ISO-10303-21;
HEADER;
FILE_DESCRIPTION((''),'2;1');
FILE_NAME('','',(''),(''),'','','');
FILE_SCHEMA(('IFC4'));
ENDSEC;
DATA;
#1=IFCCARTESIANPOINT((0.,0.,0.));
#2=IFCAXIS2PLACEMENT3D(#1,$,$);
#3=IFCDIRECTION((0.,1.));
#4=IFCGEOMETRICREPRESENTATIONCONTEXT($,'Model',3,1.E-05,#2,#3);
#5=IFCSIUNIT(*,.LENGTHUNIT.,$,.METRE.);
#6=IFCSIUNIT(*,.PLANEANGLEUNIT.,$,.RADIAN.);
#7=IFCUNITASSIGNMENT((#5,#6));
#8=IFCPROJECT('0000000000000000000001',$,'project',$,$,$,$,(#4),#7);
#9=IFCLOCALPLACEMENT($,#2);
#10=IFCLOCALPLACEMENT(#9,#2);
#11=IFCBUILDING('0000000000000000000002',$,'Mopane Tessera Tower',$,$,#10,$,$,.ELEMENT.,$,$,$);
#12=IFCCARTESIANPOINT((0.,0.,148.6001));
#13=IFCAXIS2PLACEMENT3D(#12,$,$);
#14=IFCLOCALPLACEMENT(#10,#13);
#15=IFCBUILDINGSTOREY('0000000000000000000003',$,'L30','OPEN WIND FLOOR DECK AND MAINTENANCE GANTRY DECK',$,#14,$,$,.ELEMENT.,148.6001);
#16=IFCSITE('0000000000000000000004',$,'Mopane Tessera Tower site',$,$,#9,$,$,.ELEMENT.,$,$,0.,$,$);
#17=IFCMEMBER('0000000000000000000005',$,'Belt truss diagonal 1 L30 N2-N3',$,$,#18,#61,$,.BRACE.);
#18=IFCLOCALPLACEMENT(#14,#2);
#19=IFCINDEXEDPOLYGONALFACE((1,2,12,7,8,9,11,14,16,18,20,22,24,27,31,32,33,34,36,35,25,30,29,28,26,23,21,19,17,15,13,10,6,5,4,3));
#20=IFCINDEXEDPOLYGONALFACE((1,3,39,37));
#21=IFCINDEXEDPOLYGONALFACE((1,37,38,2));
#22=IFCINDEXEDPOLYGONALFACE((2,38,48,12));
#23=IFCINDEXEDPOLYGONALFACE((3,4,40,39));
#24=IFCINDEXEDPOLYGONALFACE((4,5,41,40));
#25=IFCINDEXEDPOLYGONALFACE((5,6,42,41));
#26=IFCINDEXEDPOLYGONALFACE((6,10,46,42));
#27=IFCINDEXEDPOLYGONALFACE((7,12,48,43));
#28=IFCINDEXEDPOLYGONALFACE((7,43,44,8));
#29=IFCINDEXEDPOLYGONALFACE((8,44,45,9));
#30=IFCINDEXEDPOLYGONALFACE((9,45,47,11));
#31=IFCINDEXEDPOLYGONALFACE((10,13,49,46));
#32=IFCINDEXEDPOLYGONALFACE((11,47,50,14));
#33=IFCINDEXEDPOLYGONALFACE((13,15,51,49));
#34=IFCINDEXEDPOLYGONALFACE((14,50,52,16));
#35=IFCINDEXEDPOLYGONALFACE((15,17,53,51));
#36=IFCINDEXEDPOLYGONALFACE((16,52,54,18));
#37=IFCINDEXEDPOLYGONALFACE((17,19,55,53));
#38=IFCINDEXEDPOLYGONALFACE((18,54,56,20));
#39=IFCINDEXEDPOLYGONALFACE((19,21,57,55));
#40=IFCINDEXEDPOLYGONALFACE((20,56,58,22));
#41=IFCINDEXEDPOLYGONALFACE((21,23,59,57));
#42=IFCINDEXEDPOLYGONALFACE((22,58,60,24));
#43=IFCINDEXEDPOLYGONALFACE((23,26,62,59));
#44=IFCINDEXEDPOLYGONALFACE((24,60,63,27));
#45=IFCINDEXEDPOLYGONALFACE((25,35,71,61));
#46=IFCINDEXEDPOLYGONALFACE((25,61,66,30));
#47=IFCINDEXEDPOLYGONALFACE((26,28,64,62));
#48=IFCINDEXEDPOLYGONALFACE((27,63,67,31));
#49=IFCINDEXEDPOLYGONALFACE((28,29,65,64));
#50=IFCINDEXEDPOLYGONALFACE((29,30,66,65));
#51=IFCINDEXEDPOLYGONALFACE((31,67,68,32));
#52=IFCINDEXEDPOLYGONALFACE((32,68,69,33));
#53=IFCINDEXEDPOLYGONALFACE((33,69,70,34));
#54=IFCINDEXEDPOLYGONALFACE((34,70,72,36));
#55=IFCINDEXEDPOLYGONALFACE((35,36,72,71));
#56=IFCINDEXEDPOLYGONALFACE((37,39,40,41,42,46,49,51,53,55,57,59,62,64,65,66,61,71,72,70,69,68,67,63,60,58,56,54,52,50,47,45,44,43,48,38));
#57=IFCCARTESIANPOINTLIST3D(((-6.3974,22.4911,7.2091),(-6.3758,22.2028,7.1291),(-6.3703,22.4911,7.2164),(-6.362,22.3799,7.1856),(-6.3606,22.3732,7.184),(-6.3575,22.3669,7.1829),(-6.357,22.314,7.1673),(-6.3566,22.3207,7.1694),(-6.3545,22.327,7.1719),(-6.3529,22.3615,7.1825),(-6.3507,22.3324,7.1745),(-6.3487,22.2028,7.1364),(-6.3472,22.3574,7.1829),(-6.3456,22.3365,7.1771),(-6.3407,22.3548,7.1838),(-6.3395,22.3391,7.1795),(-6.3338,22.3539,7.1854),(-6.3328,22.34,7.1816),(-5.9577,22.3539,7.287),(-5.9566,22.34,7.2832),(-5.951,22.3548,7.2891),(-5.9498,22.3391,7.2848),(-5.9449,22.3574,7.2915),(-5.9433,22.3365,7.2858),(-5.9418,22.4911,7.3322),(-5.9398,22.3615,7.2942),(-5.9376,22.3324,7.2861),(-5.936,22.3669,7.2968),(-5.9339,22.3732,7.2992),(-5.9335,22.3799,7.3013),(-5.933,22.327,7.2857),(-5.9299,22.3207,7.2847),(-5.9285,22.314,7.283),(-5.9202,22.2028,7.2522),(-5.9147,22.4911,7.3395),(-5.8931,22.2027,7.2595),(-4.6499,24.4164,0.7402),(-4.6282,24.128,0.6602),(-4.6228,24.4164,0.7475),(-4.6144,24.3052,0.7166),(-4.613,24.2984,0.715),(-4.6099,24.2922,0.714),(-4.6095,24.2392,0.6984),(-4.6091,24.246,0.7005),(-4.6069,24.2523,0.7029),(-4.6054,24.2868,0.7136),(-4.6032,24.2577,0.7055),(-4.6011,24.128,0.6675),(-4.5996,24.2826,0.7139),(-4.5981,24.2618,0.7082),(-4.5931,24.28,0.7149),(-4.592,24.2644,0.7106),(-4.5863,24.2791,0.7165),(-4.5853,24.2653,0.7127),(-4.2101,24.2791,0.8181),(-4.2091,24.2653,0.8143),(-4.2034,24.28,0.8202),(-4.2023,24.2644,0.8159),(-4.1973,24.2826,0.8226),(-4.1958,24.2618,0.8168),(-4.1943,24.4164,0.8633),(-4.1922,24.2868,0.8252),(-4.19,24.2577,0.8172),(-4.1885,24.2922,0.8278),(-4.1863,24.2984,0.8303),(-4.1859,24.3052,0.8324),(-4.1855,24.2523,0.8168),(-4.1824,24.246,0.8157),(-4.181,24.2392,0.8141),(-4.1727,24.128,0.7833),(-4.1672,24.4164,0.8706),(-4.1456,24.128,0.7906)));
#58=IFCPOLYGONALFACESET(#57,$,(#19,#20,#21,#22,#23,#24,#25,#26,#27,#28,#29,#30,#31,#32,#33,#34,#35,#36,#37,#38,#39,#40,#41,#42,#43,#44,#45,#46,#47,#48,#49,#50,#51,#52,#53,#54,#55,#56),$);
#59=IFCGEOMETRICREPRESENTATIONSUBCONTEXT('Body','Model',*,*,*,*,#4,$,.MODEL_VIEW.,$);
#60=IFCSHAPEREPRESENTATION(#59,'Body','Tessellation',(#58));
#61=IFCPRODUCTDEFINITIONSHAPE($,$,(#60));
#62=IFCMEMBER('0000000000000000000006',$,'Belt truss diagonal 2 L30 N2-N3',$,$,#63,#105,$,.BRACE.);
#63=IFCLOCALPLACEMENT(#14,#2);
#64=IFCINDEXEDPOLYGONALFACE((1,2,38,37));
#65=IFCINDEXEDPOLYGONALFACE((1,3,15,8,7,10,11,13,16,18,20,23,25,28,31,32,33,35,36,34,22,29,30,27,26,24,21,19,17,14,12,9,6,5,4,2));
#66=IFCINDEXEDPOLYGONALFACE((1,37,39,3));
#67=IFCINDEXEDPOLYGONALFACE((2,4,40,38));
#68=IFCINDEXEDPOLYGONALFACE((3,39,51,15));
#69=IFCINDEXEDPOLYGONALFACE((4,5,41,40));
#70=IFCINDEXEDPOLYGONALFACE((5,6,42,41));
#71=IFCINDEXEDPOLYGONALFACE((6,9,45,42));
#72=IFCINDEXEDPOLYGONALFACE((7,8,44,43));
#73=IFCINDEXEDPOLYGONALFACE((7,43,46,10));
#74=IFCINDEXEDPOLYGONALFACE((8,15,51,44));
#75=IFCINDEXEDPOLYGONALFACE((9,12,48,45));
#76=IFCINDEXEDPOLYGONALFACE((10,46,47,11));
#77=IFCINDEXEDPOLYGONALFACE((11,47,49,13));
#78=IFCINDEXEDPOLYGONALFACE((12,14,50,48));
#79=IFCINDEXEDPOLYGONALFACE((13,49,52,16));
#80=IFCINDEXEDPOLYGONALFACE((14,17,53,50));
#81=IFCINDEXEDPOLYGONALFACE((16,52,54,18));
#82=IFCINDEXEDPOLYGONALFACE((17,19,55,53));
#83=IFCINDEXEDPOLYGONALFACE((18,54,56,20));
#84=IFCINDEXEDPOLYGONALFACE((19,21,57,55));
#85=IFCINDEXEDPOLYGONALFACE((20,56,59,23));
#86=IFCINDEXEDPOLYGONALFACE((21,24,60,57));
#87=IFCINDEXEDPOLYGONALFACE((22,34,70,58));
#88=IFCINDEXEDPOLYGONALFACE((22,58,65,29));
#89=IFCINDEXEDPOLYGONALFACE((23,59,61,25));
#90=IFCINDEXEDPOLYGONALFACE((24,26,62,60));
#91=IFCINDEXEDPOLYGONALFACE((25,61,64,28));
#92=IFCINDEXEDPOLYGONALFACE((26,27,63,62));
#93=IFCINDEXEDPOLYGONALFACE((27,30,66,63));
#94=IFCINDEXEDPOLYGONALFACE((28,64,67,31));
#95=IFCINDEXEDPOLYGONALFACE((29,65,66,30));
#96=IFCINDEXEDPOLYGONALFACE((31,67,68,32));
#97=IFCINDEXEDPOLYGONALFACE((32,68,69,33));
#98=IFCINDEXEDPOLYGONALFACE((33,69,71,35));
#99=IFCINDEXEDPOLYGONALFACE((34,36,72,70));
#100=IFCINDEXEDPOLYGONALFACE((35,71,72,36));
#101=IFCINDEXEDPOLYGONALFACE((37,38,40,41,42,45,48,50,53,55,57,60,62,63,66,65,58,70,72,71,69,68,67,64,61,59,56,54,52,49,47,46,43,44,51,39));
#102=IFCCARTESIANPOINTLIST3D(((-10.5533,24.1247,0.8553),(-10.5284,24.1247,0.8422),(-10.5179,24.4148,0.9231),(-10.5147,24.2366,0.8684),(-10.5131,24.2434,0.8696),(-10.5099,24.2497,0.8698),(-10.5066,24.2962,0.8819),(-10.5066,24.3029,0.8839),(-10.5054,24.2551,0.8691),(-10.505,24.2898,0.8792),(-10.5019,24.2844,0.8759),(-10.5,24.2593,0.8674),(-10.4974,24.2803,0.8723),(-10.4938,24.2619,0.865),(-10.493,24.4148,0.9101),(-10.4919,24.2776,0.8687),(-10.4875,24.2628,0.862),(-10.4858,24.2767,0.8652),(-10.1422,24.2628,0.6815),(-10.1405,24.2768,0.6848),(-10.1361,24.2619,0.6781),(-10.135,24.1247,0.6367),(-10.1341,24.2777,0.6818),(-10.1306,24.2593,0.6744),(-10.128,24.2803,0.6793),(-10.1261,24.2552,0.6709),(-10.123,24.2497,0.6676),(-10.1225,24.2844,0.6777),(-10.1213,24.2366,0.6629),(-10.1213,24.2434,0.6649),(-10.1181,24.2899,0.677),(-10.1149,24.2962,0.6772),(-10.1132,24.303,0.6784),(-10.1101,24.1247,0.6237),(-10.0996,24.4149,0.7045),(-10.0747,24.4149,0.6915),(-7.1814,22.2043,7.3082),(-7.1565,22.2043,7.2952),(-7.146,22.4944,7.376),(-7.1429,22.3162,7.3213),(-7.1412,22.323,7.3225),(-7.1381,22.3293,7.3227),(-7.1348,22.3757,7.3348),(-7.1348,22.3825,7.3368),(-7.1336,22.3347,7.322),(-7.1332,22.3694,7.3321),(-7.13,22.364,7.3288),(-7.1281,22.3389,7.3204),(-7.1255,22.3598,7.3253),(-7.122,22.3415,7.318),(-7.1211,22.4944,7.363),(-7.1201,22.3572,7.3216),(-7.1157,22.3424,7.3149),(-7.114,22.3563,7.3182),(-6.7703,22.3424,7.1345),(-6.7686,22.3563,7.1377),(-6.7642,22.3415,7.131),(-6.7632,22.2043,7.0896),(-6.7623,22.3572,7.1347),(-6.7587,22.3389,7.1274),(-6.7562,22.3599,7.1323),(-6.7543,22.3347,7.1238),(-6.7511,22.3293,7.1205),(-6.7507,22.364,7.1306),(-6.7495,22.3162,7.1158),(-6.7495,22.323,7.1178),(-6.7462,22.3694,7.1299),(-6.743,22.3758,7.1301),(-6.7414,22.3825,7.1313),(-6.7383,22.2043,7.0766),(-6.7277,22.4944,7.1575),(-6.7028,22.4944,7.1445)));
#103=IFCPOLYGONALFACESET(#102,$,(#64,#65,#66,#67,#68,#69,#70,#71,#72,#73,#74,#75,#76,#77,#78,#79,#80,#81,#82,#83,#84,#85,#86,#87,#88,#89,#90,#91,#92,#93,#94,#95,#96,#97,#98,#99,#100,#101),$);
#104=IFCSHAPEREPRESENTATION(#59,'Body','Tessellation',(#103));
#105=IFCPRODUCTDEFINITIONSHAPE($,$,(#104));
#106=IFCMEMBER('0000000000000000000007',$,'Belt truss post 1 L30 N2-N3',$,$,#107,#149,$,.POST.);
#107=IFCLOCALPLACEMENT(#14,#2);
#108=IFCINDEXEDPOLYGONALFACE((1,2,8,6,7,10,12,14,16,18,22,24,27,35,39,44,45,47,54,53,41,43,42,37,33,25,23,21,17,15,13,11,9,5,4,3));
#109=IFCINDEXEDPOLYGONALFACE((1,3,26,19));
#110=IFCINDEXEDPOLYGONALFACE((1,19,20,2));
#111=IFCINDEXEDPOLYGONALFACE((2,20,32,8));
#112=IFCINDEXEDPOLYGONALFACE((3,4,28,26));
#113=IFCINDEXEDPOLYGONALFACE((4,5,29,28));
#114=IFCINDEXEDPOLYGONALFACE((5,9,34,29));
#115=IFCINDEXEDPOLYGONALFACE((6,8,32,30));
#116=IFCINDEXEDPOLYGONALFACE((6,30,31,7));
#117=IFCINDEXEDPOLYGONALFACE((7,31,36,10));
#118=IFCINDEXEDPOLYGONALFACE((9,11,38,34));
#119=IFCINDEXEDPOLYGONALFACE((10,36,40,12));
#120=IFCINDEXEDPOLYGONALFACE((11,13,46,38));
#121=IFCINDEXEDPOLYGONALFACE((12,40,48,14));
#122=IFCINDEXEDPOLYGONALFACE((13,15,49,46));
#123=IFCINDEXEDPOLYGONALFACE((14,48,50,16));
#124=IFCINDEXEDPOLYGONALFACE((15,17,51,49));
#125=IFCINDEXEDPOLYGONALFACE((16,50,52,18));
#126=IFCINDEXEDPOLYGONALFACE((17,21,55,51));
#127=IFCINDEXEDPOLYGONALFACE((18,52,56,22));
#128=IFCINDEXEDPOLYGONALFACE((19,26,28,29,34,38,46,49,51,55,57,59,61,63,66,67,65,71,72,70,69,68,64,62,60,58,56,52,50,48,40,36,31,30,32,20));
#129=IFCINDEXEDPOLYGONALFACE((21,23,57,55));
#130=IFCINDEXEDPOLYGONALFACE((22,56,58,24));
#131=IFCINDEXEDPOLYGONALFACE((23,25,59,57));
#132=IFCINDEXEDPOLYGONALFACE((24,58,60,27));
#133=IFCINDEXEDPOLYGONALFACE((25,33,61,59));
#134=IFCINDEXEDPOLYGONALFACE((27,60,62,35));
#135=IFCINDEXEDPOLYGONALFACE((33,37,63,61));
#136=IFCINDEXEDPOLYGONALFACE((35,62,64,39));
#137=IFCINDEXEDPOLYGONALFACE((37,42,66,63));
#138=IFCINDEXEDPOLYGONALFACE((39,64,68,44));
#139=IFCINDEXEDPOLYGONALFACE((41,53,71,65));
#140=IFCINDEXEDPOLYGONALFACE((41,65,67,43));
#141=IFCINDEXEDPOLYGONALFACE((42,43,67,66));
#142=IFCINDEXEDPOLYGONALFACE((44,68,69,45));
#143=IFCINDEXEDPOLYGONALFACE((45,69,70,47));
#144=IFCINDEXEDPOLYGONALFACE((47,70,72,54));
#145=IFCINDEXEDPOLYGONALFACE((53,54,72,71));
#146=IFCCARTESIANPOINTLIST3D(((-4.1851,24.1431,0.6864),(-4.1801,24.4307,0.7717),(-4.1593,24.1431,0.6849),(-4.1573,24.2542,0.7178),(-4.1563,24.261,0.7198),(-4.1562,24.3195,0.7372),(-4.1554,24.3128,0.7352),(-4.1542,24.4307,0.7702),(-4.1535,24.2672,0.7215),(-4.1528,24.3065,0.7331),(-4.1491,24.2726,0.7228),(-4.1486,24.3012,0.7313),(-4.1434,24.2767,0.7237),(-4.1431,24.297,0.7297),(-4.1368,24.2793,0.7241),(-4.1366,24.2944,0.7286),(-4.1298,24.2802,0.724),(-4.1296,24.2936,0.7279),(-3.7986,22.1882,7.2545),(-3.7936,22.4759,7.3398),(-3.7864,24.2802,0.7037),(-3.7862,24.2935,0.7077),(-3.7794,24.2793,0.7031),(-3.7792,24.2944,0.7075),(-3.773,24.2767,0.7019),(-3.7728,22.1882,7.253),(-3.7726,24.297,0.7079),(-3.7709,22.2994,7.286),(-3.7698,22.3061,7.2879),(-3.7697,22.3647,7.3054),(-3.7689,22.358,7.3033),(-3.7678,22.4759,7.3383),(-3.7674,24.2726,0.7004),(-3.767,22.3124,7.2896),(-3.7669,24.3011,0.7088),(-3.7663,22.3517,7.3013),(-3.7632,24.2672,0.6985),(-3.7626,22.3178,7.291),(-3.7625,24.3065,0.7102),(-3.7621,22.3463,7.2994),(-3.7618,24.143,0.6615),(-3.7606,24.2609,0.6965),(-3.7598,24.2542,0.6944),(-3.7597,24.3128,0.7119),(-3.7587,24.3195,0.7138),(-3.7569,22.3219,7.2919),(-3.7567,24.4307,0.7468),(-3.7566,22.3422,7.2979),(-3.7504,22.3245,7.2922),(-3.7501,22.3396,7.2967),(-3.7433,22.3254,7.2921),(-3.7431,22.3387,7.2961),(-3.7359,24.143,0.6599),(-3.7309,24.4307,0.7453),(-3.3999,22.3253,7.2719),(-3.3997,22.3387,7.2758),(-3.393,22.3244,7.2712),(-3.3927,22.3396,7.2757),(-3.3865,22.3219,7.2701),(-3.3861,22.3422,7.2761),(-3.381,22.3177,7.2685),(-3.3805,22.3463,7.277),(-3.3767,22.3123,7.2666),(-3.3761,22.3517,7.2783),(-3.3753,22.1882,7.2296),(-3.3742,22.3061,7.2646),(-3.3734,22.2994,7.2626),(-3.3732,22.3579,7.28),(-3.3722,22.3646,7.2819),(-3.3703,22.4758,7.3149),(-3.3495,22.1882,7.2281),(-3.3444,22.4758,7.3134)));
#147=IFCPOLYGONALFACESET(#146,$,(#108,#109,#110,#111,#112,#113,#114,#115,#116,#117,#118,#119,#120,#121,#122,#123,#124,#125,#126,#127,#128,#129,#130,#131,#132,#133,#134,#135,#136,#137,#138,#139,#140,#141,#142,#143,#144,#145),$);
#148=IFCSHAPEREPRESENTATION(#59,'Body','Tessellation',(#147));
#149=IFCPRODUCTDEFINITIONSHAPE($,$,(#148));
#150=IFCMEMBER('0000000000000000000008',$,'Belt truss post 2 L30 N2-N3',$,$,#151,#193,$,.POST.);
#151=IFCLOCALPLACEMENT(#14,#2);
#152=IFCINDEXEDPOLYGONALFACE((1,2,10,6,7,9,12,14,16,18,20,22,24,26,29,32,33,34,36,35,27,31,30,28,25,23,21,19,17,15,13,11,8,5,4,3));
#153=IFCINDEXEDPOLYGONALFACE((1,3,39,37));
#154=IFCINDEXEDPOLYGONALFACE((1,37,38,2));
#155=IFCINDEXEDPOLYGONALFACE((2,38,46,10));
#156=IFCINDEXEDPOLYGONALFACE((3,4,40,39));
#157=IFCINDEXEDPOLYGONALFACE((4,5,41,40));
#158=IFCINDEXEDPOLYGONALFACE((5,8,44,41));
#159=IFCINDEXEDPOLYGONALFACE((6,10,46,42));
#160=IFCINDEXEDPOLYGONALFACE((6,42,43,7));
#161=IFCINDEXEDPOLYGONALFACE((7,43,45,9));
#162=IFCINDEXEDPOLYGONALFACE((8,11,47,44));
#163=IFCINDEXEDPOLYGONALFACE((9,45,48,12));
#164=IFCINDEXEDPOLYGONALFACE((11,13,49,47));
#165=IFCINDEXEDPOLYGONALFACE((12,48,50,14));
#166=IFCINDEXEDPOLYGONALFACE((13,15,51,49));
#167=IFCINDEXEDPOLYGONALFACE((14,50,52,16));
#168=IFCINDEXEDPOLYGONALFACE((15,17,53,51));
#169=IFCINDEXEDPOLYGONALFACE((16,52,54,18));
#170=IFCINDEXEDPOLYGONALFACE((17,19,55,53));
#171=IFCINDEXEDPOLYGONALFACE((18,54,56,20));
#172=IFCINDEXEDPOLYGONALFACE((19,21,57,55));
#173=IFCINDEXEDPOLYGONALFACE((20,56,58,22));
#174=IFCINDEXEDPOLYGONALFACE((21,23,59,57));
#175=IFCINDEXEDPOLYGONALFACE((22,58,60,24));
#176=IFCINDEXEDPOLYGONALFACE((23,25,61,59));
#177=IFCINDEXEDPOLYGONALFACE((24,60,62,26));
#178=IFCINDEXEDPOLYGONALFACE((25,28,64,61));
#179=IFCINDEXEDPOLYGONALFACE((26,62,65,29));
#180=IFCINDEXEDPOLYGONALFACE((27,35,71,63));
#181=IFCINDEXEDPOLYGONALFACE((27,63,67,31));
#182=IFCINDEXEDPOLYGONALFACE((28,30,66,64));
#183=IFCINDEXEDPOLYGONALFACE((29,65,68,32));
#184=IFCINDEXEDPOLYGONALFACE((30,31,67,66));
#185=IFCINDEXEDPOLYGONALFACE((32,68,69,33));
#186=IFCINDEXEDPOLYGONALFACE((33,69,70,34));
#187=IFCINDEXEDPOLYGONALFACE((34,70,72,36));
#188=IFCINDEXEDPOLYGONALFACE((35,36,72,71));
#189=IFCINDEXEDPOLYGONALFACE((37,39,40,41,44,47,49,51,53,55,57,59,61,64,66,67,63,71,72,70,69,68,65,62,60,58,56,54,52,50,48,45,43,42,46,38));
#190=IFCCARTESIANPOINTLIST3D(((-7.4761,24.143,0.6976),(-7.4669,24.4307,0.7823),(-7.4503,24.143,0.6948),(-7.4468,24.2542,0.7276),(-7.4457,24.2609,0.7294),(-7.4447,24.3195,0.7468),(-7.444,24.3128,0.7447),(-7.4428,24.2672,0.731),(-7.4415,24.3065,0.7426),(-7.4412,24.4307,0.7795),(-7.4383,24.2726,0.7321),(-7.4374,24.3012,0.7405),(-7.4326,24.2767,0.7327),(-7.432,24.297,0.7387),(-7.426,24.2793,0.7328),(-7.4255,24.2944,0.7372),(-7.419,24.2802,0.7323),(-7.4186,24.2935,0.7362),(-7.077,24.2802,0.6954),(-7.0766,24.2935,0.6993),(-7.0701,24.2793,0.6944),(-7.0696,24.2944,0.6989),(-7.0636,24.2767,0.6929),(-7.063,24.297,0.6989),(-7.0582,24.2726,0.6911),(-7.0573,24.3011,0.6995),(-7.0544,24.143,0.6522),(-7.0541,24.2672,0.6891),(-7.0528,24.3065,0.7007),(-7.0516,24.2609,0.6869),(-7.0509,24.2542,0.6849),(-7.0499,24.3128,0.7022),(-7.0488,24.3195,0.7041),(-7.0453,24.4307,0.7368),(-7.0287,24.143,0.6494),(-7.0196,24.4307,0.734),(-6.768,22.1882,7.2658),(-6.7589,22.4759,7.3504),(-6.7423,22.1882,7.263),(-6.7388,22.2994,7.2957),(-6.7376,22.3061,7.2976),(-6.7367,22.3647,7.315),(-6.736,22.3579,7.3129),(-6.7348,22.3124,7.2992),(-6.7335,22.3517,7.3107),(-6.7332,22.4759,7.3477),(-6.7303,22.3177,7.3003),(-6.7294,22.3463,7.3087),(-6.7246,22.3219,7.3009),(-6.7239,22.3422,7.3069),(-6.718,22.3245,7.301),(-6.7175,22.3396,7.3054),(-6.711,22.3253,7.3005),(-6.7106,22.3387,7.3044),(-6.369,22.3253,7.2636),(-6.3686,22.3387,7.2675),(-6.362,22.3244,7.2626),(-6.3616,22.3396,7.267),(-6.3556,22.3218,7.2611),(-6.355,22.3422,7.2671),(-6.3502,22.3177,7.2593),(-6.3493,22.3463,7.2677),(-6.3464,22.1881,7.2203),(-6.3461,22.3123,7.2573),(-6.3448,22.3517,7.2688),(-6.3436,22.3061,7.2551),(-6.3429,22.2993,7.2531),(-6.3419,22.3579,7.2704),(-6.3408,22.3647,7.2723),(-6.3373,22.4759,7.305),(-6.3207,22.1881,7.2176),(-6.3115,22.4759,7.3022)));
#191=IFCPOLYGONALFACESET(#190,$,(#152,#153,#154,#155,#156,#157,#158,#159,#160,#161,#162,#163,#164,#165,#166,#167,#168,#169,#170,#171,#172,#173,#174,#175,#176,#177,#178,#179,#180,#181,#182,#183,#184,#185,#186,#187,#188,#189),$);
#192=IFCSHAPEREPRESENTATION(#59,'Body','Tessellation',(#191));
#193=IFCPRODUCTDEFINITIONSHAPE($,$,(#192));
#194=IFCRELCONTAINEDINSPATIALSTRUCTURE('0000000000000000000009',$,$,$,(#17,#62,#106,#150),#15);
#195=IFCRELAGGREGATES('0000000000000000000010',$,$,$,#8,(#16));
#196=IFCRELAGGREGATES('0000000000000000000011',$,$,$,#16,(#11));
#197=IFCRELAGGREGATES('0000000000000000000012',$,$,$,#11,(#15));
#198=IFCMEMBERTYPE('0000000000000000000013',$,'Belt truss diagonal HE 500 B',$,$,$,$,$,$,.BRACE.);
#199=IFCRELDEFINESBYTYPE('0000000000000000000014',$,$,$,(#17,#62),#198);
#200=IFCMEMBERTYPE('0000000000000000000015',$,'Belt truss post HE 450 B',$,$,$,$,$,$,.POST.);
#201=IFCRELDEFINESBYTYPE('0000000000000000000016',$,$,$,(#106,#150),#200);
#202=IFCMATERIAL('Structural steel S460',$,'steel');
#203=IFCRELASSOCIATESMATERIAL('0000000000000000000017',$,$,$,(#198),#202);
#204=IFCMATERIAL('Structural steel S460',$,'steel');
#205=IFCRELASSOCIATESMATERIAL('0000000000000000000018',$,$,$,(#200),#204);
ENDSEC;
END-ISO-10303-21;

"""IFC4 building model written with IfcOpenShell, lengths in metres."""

from ifc_helpers import new_model, si_unit, direction, frame, origin, origin_2d, place, context, subcontext, project, spatial, i_section, extrude, material, material_profile, profile_set, type_object, element, save


model = new_model("IFC4")

# Units and contexts
model_context = context("Model", 3, precision=1e-05, world=origin(), true_north=direction((0.0, 1.0)))
body_context = subcontext(model_context, "Body", "Model", "MODEL_VIEW")
ifc_project = project(units=[si_unit("LENGTHUNIT", "METRE"), si_unit("PLANEANGLEUNIT", "RADIAN")], contexts=[model_context])

# Site, building, storey
site_placement = place(None, origin())
site = spatial("IfcSite", under=ifc_project, at=site_placement, Name="Mopane Tessera Tower site", CompositionType="ELEMENT", RefElevation=0.0)
building_placement = place(site_placement, origin())
building = spatial("IfcBuilding", under=site, at=building_placement, Name="Mopane Tessera Tower", CompositionType="ELEMENT")
storey_placement = place(building_placement, frame((0.0, 0.0, 148.6001)))
storey = spatial("IfcBuildingStorey", under=building, at=storey_placement, Name="L30", Description="OPEN WIND FLOOR DECK AND MAINTENANCE GANTRY DECK", CompositionType="ELEMENT", Elevation=148.6001)

# Members
ifc_material_1 = material(Name="Structural steel S460", Category="steel")
ifc_material_profile_1 = material_profile(ifc_material_1, i_section(OverallWidth=0.3, OverallDepth=0.5, WebThickness=0.0144, FlangeThickness=0.0281, FilletRadius=0.0271, at=origin_2d()))
ifc_profile_set_1 = profile_set([ifc_material_profile_1], Name="Structural steel S460")
member_type_1 = type_object("IfcMemberType", Name="Belt truss diagonal HE 500 B", PredefinedType="BRACE", material=ifc_profile_set_1)
member_1_placement = place(storey_placement, frame((-4.3977, 24.2722, 0.7654), z_axis=(-0.250654, -0.276147, 0.927855), x_axis=(0.072016, -0.961115, -0.266591)))
element("IfcMember", 1, at=member_1_placement, inside=storey, type_object=member_type_1, Name="Belt truss diagonal 1 L30 N2-N3", PredefinedType="BRACE", context=body_context, shape_type="SweptSolid", body=[
    extrude(i_section(OverallWidth=0.3, OverallDepth=0.5, WebThickness=0.0144, FlangeThickness=0.0281, FilletRadius=0.0271, at=origin_2d()), origin(), (0.0, 0.0, 1.0), 6.9719),
])
member_2_placement = place(storey_placement, frame((-6.9421, 22.3494, 7.2263), z_axis=(-0.447802, 0.255044, -0.856987), x_axis=(-0.118069, -0.96693, -0.226068)))
element("IfcMember", 2, at=member_2_placement, inside=storey, type_object=member_type_1, Name="Belt truss diagonal 2 L30 N2-N3", PredefinedType="BRACE", context=body_context, shape_type="SweptSolid", body=[
    extrude(i_section(OverallWidth=0.3, OverallDepth=0.5, WebThickness=0.0144, FlangeThickness=0.0281, FilletRadius=0.0271, at=origin_2d()), origin(), (0.0, 0.0, 1.0), 7.5298),
])
ifc_material_2 = material(Name="Structural steel S460", Category="steel")
ifc_material_profile_2 = material_profile(ifc_material_2, i_section(OverallWidth=0.3, OverallDepth=0.45, WebThickness=0.0139, FlangeThickness=0.0259, FilletRadius=0.0271, at=origin_2d()))
ifc_profile_set_2 = profile_set([ifc_material_profile_2], Name="Structural steel S460")
member_type_2 = type_object("IfcMemberType", Name="Belt truss post HE 450 B", PredefinedType="POST", material=ifc_profile_set_2)
member_3_placement = place(storey_placement, frame((-3.958, 24.2869, 0.7158), z_axis=(0.056307, -0.284806, 0.95693), x_axis=(-0.016845, -0.958585, -0.284308)))
element("IfcMember", 3, at=member_3_placement, inside=storey, type_object=member_type_2, Name="Belt truss post 1 L30 N2-N3", PredefinedType="POST", context=body_context, shape_type="SweptSolid", body=[
    extrude(i_section(OverallWidth=0.3, OverallDepth=0.45, WebThickness=0.0139, FlangeThickness=0.0259, FilletRadius=0.0271, at=origin_2d()), origin(), (0.0, 0.0, 1.0), 6.8638),
])
member_4_placement = place(storey_placement, frame((-7.2478, 24.2869, 0.7158), z_axis=(0.102769, -0.283748, 0.953376), x_axis=(-0.030456, -0.958899, -0.282109)))
element("IfcMember", 4, at=member_4_placement, inside=storey, type_object=member_type_2, Name="Belt truss post 2 L30 N2-N3", PredefinedType="POST", context=body_context, shape_type="SweptSolid", body=[
    extrude(i_section(OverallWidth=0.3, OverallDepth=0.45, WebThickness=0.0139, FlangeThickness=0.0259, FilletRadius=0.0271, at=origin_2d()), origin(), (0.0, 0.0, 1.0), 6.8894),
])

save(model, "model.ifc")
